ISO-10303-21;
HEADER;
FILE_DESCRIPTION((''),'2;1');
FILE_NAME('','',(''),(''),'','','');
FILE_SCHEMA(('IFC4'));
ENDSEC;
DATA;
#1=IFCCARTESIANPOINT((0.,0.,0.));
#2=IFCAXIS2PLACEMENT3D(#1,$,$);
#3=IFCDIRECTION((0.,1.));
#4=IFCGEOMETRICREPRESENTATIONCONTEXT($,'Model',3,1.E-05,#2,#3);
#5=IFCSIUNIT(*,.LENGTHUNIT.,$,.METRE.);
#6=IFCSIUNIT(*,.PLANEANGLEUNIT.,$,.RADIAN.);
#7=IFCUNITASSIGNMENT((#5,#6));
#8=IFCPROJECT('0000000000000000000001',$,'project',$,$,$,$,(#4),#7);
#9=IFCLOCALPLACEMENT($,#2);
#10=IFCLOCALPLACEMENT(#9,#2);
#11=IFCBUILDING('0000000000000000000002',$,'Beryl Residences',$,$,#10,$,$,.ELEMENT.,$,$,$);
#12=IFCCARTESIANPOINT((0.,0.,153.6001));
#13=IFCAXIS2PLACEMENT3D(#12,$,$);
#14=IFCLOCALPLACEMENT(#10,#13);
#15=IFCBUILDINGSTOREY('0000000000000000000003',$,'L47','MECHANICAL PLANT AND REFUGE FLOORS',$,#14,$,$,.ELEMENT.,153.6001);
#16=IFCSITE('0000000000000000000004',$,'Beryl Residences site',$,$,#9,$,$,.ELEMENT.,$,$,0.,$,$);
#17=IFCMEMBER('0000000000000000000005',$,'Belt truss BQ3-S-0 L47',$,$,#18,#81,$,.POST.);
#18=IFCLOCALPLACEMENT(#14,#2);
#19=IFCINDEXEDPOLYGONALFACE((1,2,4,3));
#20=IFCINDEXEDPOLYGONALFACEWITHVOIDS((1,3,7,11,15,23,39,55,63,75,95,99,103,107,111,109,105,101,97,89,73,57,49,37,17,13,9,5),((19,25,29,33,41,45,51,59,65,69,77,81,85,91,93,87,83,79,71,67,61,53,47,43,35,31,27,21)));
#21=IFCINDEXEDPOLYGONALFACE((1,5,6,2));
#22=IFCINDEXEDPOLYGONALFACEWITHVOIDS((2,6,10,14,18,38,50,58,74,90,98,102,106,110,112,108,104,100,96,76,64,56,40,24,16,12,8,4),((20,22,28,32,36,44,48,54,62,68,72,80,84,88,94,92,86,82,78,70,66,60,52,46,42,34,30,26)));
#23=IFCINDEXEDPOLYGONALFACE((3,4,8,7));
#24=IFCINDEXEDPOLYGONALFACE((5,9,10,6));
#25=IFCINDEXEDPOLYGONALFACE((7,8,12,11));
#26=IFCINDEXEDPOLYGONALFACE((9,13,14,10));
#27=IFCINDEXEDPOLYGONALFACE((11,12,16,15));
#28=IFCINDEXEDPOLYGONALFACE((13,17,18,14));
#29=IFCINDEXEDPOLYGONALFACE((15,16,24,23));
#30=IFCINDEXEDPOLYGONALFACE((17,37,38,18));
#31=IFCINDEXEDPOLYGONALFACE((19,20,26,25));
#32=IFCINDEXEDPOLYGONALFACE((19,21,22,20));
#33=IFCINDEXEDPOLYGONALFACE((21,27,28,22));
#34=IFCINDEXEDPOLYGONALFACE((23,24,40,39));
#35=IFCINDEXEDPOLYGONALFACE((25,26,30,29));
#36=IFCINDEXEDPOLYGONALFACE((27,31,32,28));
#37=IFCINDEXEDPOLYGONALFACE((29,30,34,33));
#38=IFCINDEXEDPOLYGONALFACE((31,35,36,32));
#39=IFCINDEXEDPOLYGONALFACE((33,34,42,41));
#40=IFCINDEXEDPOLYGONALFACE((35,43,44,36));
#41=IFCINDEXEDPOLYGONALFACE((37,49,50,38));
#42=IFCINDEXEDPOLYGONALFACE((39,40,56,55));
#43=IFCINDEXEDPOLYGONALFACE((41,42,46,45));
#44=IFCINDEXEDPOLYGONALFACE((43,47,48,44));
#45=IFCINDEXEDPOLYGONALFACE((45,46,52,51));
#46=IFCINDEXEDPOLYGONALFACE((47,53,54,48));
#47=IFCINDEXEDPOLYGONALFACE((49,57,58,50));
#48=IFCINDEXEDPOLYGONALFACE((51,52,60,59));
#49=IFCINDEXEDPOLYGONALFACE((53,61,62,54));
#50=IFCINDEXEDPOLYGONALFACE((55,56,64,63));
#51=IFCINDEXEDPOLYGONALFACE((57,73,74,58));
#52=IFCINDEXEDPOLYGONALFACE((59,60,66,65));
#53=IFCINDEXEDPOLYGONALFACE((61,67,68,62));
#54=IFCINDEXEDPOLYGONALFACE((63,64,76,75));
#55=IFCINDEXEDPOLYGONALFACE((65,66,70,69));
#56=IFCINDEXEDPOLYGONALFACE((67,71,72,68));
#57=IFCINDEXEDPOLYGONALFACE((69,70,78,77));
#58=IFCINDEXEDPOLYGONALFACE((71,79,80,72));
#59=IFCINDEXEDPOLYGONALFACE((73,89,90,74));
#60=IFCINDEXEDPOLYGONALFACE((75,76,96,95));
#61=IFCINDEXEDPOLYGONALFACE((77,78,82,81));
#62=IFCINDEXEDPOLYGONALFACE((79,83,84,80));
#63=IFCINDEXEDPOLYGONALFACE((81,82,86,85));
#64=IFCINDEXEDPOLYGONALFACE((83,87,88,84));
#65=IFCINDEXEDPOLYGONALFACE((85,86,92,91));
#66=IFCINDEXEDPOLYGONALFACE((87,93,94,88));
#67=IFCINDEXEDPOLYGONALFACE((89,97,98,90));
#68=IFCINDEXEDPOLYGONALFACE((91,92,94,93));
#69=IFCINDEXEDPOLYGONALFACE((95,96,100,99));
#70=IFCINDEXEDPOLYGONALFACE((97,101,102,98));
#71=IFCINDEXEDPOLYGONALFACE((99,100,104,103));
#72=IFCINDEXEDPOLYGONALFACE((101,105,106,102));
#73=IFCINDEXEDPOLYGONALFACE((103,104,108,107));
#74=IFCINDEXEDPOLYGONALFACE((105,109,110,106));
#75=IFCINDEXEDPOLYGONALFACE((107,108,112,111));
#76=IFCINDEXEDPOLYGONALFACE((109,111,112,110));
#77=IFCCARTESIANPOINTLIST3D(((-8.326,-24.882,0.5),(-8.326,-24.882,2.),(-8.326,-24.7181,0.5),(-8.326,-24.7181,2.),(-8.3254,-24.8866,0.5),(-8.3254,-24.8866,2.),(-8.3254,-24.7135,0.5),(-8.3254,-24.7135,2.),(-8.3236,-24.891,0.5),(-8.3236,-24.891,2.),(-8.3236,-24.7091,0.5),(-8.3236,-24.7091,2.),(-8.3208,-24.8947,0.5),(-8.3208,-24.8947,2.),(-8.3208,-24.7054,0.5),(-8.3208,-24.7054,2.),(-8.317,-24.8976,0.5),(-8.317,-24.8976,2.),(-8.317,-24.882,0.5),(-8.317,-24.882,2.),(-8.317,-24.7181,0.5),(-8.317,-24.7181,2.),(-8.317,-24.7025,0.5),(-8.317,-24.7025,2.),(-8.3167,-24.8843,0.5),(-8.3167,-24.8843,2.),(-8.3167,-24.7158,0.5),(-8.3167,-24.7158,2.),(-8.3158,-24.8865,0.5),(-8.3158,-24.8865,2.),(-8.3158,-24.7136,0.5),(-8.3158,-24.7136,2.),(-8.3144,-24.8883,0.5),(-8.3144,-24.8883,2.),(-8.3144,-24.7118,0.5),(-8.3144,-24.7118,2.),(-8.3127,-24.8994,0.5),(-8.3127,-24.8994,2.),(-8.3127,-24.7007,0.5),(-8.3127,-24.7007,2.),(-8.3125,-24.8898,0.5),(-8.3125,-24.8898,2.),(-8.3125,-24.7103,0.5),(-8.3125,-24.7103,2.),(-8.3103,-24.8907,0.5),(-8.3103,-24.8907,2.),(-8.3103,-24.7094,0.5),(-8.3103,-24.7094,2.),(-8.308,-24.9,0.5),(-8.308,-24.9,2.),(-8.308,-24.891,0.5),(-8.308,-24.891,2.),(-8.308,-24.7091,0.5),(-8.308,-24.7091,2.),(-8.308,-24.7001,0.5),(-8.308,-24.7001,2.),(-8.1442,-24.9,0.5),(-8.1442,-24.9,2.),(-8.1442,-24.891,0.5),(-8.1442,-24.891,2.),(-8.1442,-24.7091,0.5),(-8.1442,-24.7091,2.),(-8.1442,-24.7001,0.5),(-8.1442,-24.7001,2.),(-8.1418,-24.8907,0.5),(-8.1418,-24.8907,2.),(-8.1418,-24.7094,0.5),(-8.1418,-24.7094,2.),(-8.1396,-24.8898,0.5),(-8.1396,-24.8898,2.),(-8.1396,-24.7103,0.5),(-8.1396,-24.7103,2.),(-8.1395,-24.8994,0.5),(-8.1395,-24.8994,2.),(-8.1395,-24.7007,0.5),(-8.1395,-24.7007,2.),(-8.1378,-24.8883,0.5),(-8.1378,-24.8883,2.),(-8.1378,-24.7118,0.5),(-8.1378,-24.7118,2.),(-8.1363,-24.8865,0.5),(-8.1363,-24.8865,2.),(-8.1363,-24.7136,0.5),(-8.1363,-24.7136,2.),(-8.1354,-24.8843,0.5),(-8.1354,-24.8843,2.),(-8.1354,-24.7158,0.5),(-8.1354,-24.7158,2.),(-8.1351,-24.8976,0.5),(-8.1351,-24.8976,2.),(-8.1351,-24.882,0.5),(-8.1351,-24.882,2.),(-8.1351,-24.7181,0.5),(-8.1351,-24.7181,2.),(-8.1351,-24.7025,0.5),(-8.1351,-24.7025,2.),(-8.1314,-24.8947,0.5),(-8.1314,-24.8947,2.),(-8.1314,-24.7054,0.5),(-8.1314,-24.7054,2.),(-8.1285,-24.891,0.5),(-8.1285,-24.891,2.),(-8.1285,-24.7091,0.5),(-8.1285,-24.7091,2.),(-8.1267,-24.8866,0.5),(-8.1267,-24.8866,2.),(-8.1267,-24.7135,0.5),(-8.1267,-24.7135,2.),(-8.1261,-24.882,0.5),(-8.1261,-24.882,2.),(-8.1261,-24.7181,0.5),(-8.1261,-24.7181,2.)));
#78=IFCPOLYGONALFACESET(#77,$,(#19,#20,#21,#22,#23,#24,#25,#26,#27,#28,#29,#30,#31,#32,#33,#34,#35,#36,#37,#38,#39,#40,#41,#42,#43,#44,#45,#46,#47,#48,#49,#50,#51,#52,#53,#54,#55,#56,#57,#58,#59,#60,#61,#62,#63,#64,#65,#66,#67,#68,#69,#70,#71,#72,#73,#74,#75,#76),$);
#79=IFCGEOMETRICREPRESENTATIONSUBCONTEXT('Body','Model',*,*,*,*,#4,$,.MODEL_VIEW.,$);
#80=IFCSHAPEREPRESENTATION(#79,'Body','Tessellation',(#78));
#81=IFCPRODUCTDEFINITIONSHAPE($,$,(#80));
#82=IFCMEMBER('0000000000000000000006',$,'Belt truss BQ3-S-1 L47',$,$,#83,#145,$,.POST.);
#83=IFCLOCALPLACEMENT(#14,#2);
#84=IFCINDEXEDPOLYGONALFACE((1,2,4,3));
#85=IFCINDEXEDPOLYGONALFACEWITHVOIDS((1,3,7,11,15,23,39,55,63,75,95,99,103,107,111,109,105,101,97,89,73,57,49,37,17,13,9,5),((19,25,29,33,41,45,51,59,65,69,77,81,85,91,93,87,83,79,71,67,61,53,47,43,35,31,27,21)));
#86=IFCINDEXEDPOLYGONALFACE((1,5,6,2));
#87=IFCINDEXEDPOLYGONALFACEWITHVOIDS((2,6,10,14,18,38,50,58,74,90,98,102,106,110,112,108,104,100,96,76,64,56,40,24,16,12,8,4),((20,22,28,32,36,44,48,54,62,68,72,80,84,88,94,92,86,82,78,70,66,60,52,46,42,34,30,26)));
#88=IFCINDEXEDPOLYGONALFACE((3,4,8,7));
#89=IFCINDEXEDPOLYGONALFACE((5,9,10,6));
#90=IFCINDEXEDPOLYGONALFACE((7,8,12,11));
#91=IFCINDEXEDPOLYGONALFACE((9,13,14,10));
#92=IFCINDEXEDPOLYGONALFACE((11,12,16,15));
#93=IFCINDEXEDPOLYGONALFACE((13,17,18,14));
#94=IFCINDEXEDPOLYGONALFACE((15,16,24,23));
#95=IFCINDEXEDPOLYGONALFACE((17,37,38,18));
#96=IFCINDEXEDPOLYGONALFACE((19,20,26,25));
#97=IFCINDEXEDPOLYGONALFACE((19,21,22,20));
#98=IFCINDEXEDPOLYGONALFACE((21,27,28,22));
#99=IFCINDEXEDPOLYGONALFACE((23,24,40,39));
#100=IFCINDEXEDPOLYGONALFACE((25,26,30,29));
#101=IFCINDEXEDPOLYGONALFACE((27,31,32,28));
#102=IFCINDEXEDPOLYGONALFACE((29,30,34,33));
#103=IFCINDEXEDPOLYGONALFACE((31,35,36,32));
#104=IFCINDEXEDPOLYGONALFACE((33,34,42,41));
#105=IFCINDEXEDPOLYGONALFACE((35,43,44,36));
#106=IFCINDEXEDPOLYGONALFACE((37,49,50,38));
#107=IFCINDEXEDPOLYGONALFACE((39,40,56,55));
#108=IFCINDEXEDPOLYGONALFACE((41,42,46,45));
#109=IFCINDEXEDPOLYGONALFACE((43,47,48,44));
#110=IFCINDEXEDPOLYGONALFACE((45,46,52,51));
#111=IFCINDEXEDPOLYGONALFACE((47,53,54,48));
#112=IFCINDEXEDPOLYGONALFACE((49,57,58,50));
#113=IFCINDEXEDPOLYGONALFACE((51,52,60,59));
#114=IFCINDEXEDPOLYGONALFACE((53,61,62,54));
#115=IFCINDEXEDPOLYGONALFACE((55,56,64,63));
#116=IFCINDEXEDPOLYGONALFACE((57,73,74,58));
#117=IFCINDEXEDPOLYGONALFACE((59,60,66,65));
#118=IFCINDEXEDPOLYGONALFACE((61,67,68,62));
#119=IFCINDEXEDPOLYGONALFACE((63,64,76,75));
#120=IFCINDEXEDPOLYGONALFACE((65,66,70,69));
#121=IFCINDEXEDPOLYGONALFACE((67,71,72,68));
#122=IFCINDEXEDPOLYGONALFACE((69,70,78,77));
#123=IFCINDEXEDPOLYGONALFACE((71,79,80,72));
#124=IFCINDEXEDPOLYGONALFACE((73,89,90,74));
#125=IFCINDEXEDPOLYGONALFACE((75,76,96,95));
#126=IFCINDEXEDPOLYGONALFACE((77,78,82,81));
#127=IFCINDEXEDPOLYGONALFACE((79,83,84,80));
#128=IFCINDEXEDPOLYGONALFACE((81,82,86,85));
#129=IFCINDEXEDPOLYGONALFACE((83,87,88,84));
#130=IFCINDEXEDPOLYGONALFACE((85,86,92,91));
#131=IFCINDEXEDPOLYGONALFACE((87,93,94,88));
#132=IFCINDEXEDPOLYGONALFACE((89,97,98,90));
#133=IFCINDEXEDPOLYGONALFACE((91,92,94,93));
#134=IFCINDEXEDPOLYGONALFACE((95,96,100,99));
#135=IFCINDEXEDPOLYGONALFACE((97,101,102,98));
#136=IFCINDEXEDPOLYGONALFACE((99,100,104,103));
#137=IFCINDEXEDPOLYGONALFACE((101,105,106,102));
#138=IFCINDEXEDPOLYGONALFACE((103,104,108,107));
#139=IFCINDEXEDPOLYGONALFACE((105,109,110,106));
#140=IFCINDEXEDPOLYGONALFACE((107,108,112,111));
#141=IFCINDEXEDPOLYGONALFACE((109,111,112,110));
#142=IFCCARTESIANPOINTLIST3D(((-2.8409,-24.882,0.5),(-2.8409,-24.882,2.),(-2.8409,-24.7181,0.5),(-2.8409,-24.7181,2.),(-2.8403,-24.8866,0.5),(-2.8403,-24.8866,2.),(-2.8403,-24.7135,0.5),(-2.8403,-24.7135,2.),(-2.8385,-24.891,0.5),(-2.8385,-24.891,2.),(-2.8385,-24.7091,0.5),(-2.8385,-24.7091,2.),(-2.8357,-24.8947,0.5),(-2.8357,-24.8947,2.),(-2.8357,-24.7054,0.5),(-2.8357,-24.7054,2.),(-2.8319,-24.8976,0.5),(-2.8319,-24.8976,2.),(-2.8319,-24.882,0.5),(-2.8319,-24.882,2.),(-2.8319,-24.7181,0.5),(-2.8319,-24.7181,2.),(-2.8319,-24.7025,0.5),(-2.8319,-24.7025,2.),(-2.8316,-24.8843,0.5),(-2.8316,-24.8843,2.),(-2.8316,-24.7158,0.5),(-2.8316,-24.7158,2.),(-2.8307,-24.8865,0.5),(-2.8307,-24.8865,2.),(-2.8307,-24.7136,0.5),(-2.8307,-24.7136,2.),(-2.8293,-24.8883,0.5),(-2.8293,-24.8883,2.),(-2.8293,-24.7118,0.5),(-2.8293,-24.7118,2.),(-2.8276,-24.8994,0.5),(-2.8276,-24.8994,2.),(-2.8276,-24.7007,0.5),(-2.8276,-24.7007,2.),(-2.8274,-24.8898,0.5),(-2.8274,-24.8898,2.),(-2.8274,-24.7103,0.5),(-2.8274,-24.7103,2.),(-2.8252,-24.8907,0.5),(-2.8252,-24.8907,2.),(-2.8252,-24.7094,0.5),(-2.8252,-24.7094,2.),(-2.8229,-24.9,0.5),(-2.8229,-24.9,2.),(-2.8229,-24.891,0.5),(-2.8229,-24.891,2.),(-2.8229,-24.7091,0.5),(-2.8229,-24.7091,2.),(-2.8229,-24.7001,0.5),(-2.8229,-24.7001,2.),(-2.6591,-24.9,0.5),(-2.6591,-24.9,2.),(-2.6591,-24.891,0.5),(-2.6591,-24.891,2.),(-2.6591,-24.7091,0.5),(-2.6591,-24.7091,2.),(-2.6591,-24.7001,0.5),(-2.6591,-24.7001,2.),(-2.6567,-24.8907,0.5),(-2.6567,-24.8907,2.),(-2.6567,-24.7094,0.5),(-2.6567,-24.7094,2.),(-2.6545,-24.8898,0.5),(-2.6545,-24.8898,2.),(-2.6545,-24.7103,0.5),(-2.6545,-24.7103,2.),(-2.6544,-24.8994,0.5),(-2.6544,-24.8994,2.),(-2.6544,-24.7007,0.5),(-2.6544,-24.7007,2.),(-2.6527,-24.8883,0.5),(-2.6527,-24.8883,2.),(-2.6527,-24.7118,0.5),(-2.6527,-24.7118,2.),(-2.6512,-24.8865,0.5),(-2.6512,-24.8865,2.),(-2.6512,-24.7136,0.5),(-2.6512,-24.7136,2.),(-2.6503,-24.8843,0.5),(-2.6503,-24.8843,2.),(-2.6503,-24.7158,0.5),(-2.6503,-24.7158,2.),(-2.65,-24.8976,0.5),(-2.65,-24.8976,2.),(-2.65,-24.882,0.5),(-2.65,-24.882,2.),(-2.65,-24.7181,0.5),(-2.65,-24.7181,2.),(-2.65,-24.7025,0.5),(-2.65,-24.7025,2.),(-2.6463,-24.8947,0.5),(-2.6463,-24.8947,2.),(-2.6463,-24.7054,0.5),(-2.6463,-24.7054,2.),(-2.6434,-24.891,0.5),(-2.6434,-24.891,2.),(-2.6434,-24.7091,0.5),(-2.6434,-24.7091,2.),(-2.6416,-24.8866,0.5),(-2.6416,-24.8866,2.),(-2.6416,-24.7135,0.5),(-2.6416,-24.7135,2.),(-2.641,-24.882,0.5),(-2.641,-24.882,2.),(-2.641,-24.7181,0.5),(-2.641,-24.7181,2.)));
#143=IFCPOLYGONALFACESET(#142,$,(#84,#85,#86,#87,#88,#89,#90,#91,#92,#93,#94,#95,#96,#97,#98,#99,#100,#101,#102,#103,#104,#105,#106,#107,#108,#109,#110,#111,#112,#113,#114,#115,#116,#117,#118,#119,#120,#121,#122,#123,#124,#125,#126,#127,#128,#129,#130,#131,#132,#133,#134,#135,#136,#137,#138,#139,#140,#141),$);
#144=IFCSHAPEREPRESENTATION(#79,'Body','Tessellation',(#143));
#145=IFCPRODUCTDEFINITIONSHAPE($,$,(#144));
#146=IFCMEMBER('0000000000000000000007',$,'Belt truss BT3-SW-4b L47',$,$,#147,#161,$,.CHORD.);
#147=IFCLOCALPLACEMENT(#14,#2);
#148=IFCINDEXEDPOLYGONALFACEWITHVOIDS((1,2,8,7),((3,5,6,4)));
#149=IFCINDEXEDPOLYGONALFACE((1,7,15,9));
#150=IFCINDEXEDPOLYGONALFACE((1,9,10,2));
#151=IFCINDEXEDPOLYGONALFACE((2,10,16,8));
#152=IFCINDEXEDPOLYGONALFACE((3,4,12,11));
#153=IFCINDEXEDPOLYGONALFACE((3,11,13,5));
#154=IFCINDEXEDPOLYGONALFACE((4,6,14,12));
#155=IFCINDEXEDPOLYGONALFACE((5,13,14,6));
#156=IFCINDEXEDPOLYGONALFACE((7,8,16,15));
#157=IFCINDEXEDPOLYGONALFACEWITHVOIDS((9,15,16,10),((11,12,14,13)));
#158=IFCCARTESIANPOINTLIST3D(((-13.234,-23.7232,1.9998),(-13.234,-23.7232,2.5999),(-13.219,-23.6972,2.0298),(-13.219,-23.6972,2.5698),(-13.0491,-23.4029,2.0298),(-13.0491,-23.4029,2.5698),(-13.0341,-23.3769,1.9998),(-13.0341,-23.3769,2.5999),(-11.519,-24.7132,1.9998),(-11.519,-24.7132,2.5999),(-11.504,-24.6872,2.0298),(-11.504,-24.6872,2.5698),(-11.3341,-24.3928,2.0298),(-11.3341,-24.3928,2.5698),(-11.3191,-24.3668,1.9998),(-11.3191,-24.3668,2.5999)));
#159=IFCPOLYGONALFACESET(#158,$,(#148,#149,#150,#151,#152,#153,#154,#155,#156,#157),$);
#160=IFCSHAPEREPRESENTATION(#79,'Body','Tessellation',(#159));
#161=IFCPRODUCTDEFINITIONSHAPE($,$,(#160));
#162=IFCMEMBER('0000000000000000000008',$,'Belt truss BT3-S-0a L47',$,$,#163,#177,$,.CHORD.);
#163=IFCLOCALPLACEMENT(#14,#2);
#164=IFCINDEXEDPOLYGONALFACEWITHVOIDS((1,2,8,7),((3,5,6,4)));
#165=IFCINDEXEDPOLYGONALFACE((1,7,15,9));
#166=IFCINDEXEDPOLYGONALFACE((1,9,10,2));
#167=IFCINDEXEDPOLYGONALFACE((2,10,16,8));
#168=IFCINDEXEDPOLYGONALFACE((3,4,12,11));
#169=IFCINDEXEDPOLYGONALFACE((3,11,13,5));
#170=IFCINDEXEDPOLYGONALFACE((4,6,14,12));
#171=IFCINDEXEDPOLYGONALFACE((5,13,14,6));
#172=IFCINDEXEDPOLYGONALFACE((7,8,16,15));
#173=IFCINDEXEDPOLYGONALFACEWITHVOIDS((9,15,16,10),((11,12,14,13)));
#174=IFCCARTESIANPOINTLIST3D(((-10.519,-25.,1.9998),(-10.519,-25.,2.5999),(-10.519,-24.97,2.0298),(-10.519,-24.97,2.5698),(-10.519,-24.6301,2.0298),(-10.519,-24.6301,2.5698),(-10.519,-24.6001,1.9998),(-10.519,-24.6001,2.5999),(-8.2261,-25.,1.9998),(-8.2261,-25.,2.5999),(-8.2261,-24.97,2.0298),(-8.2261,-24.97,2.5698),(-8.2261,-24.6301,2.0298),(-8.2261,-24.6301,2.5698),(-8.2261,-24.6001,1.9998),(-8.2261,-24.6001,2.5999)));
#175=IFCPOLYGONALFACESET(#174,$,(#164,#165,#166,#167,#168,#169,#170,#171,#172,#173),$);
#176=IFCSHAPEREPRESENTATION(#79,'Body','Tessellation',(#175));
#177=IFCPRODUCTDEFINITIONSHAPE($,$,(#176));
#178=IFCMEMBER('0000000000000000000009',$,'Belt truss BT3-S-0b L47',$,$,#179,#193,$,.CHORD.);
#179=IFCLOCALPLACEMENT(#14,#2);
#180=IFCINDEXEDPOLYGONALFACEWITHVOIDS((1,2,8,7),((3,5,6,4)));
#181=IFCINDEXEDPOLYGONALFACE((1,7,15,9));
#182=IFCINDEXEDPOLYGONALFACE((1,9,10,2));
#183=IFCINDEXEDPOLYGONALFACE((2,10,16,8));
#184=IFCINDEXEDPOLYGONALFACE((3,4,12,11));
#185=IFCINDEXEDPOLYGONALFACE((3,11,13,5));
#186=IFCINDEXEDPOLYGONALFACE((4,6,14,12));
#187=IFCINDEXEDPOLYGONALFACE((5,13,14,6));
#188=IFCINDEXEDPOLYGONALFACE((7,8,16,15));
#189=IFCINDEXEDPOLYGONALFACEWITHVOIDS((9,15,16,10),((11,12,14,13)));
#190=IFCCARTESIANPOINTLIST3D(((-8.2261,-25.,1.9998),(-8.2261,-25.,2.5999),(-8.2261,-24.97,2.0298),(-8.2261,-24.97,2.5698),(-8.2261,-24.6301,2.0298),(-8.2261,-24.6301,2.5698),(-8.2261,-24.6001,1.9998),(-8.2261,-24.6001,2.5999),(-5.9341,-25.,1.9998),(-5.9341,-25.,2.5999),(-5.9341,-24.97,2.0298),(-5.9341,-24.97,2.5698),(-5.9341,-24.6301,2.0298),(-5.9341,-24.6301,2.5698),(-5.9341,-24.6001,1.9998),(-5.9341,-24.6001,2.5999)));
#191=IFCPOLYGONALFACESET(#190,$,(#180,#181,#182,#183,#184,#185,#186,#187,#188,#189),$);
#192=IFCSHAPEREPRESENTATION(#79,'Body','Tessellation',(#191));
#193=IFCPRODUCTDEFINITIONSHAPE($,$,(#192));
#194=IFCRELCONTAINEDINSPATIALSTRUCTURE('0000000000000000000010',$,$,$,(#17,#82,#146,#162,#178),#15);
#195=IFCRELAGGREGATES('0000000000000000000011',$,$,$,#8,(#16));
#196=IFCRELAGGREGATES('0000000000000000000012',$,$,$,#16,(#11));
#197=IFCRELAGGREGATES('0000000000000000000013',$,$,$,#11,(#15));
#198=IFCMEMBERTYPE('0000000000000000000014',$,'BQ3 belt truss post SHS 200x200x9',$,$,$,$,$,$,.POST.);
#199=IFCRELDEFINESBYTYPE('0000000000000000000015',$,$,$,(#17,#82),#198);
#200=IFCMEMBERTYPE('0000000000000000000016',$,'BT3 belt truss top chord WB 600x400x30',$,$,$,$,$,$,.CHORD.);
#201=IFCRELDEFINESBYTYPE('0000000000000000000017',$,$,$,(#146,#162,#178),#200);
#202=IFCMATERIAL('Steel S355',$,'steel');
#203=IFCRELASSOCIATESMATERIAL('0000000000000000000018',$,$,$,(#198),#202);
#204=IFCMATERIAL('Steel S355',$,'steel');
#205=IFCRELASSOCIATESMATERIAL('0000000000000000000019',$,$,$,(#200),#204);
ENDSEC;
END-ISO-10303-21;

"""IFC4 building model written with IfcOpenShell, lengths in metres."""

from ifc_helpers import new_model, si_unit, direction, frame, origin, origin_2d, place, context, subcontext, project, spatial, hollow_rectangle, extrude, material, material_profile, profile_set, type_object, element, save


model = new_model("IFC4")

# Units and contexts
model_context = context("Model", 3, precision=1e-05, world=origin(), true_north=direction((0.0, 1.0)))
body_context = subcontext(model_context, "Body", "Model", "MODEL_VIEW")
ifc_project = project(units=[si_unit("LENGTHUNIT", "METRE"), si_unit("PLANEANGLEUNIT", "RADIAN")], contexts=[model_context])

# Site, building, storey
site_placement = place(None, origin())
site = spatial("IfcSite", under=ifc_project, at=site_placement, Name="Beryl Residences site", CompositionType="ELEMENT", RefElevation=0.0)
building_placement = place(site_placement, origin())
building = spatial("IfcBuilding", under=site, at=building_placement, Name="Beryl Residences", CompositionType="ELEMENT")
storey_placement = place(building_placement, frame((0.0, 0.0, 153.6001)))
storey = spatial("IfcBuildingStorey", under=building, at=storey_placement, Name="L47", Description="MECHANICAL PLANT AND REFUGE FLOORS", CompositionType="ELEMENT", Elevation=153.6001)

# Members
ifc_material_1 = material(Name="Steel S355", Category="steel")
ifc_material_profile_1 = material_profile(ifc_material_1, hollow_rectangle(XDim=0.2, YDim=0.2, WallThickness=0.009, InnerFilletRadius=0.009, OuterFilletRadius=0.0181, at=origin_2d()))
ifc_profile_set_1 = profile_set([ifc_material_profile_1], Name="Steel S355")
member_type_1 = type_object("IfcMemberType", Name="BQ3 belt truss post SHS 200x200x9", PredefinedType="POST", material=ifc_profile_set_1)
for number, where, z_axis, x_axis, name in (
    (1, (-8.2261, -24.8, 0.5), (0.0, 0.0, 1.0), (1.0, 0.0, 0.0), "Belt truss BQ3-S-0 L47"),
    (2, (-2.741, -24.8, 0.5), (0.0, 0.0, 1.0), (1.0, 0.0, 0.0), "Belt truss BQ3-S-1 L47"),
):
    element("IfcMember", number, at=place(storey_placement, frame(where, z_axis=z_axis, x_axis=x_axis)), inside=storey, type_object=member_type_1, Name=name, PredefinedType="POST", context=body_context, shape_type="SweptSolid", body=[
        extrude(hollow_rectangle(XDim=0.2, YDim=0.2, WallThickness=0.009, InnerFilletRadius=0.009, OuterFilletRadius=0.0181, at=origin_2d()), origin(), (0.0, 0.0, 1.0), 1.5),
    ])
ifc_material_2 = material(Name="Steel S355", Category="steel")
ifc_material_profile_2 = material_profile(ifc_material_2, hollow_rectangle(XDim=0.3999, YDim=0.6001, WallThickness=0.03, at=origin_2d()))
ifc_profile_set_2 = profile_set([ifc_material_profile_2], Name="Steel S355")
member_type_2 = type_object("IfcMemberType", Name="BT3 belt truss top chord WB 600x400x30", PredefinedType="CHORD", material=ifc_profile_set_2)
member_1_placement = place(storey_placement, frame((-13.134, -23.55, 2.2998), z_axis=(0.866073, -0.499918, 0.0), x_axis=(0.499918, 0.866073, 0.0)))
element("IfcMember", 3, at=member_1_placement, inside=storey, type_object=member_type_2, Name="Belt truss BT3-SW-4b L47", PredefinedType="CHORD", context=body_context, shape_type="SweptSolid", body=[
    extrude(hollow_rectangle(XDim=0.3999, YDim=0.6001, WallThickness=0.03, at=origin_2d()), origin(), (0.0, 0.0, 1.0), 1.9802),
])
member_2_placement = place(storey_placement, frame((-10.519, -24.8, 2.2998), z_axis=(1.0, 0.0, 0.0), x_axis=(0.0, 1.0, 0.0)))
element("IfcMember", 4, at=member_2_placement, inside=storey, type_object=member_type_2, Name="Belt truss BT3-S-0a L47", PredefinedType="CHORD", context=body_context, shape_type="SweptSolid", body=[
    extrude(hollow_rectangle(XDim=0.3999, YDim=0.6001, WallThickness=0.03, at=origin_2d()), origin(), (0.0, 0.0, 1.0), 2.293),
])
member_3_placement = place(storey_placement, frame((-8.2261, -24.8, 2.2998), z_axis=(1.0, 0.0, 0.0), x_axis=(0.0, 1.0, 0.0)))
element("IfcMember", 5, at=member_3_placement, inside=storey, type_object=member_type_2, Name="Belt truss BT3-S-0b L47", PredefinedType="CHORD", context=body_context, shape_type="SweptSolid", body=[
    extrude(hollow_rectangle(XDim=0.3999, YDim=0.6001, WallThickness=0.03, at=origin_2d()), origin(), (0.0, 0.0, 1.0), 2.292),
])

save(model, "model.ifc")
